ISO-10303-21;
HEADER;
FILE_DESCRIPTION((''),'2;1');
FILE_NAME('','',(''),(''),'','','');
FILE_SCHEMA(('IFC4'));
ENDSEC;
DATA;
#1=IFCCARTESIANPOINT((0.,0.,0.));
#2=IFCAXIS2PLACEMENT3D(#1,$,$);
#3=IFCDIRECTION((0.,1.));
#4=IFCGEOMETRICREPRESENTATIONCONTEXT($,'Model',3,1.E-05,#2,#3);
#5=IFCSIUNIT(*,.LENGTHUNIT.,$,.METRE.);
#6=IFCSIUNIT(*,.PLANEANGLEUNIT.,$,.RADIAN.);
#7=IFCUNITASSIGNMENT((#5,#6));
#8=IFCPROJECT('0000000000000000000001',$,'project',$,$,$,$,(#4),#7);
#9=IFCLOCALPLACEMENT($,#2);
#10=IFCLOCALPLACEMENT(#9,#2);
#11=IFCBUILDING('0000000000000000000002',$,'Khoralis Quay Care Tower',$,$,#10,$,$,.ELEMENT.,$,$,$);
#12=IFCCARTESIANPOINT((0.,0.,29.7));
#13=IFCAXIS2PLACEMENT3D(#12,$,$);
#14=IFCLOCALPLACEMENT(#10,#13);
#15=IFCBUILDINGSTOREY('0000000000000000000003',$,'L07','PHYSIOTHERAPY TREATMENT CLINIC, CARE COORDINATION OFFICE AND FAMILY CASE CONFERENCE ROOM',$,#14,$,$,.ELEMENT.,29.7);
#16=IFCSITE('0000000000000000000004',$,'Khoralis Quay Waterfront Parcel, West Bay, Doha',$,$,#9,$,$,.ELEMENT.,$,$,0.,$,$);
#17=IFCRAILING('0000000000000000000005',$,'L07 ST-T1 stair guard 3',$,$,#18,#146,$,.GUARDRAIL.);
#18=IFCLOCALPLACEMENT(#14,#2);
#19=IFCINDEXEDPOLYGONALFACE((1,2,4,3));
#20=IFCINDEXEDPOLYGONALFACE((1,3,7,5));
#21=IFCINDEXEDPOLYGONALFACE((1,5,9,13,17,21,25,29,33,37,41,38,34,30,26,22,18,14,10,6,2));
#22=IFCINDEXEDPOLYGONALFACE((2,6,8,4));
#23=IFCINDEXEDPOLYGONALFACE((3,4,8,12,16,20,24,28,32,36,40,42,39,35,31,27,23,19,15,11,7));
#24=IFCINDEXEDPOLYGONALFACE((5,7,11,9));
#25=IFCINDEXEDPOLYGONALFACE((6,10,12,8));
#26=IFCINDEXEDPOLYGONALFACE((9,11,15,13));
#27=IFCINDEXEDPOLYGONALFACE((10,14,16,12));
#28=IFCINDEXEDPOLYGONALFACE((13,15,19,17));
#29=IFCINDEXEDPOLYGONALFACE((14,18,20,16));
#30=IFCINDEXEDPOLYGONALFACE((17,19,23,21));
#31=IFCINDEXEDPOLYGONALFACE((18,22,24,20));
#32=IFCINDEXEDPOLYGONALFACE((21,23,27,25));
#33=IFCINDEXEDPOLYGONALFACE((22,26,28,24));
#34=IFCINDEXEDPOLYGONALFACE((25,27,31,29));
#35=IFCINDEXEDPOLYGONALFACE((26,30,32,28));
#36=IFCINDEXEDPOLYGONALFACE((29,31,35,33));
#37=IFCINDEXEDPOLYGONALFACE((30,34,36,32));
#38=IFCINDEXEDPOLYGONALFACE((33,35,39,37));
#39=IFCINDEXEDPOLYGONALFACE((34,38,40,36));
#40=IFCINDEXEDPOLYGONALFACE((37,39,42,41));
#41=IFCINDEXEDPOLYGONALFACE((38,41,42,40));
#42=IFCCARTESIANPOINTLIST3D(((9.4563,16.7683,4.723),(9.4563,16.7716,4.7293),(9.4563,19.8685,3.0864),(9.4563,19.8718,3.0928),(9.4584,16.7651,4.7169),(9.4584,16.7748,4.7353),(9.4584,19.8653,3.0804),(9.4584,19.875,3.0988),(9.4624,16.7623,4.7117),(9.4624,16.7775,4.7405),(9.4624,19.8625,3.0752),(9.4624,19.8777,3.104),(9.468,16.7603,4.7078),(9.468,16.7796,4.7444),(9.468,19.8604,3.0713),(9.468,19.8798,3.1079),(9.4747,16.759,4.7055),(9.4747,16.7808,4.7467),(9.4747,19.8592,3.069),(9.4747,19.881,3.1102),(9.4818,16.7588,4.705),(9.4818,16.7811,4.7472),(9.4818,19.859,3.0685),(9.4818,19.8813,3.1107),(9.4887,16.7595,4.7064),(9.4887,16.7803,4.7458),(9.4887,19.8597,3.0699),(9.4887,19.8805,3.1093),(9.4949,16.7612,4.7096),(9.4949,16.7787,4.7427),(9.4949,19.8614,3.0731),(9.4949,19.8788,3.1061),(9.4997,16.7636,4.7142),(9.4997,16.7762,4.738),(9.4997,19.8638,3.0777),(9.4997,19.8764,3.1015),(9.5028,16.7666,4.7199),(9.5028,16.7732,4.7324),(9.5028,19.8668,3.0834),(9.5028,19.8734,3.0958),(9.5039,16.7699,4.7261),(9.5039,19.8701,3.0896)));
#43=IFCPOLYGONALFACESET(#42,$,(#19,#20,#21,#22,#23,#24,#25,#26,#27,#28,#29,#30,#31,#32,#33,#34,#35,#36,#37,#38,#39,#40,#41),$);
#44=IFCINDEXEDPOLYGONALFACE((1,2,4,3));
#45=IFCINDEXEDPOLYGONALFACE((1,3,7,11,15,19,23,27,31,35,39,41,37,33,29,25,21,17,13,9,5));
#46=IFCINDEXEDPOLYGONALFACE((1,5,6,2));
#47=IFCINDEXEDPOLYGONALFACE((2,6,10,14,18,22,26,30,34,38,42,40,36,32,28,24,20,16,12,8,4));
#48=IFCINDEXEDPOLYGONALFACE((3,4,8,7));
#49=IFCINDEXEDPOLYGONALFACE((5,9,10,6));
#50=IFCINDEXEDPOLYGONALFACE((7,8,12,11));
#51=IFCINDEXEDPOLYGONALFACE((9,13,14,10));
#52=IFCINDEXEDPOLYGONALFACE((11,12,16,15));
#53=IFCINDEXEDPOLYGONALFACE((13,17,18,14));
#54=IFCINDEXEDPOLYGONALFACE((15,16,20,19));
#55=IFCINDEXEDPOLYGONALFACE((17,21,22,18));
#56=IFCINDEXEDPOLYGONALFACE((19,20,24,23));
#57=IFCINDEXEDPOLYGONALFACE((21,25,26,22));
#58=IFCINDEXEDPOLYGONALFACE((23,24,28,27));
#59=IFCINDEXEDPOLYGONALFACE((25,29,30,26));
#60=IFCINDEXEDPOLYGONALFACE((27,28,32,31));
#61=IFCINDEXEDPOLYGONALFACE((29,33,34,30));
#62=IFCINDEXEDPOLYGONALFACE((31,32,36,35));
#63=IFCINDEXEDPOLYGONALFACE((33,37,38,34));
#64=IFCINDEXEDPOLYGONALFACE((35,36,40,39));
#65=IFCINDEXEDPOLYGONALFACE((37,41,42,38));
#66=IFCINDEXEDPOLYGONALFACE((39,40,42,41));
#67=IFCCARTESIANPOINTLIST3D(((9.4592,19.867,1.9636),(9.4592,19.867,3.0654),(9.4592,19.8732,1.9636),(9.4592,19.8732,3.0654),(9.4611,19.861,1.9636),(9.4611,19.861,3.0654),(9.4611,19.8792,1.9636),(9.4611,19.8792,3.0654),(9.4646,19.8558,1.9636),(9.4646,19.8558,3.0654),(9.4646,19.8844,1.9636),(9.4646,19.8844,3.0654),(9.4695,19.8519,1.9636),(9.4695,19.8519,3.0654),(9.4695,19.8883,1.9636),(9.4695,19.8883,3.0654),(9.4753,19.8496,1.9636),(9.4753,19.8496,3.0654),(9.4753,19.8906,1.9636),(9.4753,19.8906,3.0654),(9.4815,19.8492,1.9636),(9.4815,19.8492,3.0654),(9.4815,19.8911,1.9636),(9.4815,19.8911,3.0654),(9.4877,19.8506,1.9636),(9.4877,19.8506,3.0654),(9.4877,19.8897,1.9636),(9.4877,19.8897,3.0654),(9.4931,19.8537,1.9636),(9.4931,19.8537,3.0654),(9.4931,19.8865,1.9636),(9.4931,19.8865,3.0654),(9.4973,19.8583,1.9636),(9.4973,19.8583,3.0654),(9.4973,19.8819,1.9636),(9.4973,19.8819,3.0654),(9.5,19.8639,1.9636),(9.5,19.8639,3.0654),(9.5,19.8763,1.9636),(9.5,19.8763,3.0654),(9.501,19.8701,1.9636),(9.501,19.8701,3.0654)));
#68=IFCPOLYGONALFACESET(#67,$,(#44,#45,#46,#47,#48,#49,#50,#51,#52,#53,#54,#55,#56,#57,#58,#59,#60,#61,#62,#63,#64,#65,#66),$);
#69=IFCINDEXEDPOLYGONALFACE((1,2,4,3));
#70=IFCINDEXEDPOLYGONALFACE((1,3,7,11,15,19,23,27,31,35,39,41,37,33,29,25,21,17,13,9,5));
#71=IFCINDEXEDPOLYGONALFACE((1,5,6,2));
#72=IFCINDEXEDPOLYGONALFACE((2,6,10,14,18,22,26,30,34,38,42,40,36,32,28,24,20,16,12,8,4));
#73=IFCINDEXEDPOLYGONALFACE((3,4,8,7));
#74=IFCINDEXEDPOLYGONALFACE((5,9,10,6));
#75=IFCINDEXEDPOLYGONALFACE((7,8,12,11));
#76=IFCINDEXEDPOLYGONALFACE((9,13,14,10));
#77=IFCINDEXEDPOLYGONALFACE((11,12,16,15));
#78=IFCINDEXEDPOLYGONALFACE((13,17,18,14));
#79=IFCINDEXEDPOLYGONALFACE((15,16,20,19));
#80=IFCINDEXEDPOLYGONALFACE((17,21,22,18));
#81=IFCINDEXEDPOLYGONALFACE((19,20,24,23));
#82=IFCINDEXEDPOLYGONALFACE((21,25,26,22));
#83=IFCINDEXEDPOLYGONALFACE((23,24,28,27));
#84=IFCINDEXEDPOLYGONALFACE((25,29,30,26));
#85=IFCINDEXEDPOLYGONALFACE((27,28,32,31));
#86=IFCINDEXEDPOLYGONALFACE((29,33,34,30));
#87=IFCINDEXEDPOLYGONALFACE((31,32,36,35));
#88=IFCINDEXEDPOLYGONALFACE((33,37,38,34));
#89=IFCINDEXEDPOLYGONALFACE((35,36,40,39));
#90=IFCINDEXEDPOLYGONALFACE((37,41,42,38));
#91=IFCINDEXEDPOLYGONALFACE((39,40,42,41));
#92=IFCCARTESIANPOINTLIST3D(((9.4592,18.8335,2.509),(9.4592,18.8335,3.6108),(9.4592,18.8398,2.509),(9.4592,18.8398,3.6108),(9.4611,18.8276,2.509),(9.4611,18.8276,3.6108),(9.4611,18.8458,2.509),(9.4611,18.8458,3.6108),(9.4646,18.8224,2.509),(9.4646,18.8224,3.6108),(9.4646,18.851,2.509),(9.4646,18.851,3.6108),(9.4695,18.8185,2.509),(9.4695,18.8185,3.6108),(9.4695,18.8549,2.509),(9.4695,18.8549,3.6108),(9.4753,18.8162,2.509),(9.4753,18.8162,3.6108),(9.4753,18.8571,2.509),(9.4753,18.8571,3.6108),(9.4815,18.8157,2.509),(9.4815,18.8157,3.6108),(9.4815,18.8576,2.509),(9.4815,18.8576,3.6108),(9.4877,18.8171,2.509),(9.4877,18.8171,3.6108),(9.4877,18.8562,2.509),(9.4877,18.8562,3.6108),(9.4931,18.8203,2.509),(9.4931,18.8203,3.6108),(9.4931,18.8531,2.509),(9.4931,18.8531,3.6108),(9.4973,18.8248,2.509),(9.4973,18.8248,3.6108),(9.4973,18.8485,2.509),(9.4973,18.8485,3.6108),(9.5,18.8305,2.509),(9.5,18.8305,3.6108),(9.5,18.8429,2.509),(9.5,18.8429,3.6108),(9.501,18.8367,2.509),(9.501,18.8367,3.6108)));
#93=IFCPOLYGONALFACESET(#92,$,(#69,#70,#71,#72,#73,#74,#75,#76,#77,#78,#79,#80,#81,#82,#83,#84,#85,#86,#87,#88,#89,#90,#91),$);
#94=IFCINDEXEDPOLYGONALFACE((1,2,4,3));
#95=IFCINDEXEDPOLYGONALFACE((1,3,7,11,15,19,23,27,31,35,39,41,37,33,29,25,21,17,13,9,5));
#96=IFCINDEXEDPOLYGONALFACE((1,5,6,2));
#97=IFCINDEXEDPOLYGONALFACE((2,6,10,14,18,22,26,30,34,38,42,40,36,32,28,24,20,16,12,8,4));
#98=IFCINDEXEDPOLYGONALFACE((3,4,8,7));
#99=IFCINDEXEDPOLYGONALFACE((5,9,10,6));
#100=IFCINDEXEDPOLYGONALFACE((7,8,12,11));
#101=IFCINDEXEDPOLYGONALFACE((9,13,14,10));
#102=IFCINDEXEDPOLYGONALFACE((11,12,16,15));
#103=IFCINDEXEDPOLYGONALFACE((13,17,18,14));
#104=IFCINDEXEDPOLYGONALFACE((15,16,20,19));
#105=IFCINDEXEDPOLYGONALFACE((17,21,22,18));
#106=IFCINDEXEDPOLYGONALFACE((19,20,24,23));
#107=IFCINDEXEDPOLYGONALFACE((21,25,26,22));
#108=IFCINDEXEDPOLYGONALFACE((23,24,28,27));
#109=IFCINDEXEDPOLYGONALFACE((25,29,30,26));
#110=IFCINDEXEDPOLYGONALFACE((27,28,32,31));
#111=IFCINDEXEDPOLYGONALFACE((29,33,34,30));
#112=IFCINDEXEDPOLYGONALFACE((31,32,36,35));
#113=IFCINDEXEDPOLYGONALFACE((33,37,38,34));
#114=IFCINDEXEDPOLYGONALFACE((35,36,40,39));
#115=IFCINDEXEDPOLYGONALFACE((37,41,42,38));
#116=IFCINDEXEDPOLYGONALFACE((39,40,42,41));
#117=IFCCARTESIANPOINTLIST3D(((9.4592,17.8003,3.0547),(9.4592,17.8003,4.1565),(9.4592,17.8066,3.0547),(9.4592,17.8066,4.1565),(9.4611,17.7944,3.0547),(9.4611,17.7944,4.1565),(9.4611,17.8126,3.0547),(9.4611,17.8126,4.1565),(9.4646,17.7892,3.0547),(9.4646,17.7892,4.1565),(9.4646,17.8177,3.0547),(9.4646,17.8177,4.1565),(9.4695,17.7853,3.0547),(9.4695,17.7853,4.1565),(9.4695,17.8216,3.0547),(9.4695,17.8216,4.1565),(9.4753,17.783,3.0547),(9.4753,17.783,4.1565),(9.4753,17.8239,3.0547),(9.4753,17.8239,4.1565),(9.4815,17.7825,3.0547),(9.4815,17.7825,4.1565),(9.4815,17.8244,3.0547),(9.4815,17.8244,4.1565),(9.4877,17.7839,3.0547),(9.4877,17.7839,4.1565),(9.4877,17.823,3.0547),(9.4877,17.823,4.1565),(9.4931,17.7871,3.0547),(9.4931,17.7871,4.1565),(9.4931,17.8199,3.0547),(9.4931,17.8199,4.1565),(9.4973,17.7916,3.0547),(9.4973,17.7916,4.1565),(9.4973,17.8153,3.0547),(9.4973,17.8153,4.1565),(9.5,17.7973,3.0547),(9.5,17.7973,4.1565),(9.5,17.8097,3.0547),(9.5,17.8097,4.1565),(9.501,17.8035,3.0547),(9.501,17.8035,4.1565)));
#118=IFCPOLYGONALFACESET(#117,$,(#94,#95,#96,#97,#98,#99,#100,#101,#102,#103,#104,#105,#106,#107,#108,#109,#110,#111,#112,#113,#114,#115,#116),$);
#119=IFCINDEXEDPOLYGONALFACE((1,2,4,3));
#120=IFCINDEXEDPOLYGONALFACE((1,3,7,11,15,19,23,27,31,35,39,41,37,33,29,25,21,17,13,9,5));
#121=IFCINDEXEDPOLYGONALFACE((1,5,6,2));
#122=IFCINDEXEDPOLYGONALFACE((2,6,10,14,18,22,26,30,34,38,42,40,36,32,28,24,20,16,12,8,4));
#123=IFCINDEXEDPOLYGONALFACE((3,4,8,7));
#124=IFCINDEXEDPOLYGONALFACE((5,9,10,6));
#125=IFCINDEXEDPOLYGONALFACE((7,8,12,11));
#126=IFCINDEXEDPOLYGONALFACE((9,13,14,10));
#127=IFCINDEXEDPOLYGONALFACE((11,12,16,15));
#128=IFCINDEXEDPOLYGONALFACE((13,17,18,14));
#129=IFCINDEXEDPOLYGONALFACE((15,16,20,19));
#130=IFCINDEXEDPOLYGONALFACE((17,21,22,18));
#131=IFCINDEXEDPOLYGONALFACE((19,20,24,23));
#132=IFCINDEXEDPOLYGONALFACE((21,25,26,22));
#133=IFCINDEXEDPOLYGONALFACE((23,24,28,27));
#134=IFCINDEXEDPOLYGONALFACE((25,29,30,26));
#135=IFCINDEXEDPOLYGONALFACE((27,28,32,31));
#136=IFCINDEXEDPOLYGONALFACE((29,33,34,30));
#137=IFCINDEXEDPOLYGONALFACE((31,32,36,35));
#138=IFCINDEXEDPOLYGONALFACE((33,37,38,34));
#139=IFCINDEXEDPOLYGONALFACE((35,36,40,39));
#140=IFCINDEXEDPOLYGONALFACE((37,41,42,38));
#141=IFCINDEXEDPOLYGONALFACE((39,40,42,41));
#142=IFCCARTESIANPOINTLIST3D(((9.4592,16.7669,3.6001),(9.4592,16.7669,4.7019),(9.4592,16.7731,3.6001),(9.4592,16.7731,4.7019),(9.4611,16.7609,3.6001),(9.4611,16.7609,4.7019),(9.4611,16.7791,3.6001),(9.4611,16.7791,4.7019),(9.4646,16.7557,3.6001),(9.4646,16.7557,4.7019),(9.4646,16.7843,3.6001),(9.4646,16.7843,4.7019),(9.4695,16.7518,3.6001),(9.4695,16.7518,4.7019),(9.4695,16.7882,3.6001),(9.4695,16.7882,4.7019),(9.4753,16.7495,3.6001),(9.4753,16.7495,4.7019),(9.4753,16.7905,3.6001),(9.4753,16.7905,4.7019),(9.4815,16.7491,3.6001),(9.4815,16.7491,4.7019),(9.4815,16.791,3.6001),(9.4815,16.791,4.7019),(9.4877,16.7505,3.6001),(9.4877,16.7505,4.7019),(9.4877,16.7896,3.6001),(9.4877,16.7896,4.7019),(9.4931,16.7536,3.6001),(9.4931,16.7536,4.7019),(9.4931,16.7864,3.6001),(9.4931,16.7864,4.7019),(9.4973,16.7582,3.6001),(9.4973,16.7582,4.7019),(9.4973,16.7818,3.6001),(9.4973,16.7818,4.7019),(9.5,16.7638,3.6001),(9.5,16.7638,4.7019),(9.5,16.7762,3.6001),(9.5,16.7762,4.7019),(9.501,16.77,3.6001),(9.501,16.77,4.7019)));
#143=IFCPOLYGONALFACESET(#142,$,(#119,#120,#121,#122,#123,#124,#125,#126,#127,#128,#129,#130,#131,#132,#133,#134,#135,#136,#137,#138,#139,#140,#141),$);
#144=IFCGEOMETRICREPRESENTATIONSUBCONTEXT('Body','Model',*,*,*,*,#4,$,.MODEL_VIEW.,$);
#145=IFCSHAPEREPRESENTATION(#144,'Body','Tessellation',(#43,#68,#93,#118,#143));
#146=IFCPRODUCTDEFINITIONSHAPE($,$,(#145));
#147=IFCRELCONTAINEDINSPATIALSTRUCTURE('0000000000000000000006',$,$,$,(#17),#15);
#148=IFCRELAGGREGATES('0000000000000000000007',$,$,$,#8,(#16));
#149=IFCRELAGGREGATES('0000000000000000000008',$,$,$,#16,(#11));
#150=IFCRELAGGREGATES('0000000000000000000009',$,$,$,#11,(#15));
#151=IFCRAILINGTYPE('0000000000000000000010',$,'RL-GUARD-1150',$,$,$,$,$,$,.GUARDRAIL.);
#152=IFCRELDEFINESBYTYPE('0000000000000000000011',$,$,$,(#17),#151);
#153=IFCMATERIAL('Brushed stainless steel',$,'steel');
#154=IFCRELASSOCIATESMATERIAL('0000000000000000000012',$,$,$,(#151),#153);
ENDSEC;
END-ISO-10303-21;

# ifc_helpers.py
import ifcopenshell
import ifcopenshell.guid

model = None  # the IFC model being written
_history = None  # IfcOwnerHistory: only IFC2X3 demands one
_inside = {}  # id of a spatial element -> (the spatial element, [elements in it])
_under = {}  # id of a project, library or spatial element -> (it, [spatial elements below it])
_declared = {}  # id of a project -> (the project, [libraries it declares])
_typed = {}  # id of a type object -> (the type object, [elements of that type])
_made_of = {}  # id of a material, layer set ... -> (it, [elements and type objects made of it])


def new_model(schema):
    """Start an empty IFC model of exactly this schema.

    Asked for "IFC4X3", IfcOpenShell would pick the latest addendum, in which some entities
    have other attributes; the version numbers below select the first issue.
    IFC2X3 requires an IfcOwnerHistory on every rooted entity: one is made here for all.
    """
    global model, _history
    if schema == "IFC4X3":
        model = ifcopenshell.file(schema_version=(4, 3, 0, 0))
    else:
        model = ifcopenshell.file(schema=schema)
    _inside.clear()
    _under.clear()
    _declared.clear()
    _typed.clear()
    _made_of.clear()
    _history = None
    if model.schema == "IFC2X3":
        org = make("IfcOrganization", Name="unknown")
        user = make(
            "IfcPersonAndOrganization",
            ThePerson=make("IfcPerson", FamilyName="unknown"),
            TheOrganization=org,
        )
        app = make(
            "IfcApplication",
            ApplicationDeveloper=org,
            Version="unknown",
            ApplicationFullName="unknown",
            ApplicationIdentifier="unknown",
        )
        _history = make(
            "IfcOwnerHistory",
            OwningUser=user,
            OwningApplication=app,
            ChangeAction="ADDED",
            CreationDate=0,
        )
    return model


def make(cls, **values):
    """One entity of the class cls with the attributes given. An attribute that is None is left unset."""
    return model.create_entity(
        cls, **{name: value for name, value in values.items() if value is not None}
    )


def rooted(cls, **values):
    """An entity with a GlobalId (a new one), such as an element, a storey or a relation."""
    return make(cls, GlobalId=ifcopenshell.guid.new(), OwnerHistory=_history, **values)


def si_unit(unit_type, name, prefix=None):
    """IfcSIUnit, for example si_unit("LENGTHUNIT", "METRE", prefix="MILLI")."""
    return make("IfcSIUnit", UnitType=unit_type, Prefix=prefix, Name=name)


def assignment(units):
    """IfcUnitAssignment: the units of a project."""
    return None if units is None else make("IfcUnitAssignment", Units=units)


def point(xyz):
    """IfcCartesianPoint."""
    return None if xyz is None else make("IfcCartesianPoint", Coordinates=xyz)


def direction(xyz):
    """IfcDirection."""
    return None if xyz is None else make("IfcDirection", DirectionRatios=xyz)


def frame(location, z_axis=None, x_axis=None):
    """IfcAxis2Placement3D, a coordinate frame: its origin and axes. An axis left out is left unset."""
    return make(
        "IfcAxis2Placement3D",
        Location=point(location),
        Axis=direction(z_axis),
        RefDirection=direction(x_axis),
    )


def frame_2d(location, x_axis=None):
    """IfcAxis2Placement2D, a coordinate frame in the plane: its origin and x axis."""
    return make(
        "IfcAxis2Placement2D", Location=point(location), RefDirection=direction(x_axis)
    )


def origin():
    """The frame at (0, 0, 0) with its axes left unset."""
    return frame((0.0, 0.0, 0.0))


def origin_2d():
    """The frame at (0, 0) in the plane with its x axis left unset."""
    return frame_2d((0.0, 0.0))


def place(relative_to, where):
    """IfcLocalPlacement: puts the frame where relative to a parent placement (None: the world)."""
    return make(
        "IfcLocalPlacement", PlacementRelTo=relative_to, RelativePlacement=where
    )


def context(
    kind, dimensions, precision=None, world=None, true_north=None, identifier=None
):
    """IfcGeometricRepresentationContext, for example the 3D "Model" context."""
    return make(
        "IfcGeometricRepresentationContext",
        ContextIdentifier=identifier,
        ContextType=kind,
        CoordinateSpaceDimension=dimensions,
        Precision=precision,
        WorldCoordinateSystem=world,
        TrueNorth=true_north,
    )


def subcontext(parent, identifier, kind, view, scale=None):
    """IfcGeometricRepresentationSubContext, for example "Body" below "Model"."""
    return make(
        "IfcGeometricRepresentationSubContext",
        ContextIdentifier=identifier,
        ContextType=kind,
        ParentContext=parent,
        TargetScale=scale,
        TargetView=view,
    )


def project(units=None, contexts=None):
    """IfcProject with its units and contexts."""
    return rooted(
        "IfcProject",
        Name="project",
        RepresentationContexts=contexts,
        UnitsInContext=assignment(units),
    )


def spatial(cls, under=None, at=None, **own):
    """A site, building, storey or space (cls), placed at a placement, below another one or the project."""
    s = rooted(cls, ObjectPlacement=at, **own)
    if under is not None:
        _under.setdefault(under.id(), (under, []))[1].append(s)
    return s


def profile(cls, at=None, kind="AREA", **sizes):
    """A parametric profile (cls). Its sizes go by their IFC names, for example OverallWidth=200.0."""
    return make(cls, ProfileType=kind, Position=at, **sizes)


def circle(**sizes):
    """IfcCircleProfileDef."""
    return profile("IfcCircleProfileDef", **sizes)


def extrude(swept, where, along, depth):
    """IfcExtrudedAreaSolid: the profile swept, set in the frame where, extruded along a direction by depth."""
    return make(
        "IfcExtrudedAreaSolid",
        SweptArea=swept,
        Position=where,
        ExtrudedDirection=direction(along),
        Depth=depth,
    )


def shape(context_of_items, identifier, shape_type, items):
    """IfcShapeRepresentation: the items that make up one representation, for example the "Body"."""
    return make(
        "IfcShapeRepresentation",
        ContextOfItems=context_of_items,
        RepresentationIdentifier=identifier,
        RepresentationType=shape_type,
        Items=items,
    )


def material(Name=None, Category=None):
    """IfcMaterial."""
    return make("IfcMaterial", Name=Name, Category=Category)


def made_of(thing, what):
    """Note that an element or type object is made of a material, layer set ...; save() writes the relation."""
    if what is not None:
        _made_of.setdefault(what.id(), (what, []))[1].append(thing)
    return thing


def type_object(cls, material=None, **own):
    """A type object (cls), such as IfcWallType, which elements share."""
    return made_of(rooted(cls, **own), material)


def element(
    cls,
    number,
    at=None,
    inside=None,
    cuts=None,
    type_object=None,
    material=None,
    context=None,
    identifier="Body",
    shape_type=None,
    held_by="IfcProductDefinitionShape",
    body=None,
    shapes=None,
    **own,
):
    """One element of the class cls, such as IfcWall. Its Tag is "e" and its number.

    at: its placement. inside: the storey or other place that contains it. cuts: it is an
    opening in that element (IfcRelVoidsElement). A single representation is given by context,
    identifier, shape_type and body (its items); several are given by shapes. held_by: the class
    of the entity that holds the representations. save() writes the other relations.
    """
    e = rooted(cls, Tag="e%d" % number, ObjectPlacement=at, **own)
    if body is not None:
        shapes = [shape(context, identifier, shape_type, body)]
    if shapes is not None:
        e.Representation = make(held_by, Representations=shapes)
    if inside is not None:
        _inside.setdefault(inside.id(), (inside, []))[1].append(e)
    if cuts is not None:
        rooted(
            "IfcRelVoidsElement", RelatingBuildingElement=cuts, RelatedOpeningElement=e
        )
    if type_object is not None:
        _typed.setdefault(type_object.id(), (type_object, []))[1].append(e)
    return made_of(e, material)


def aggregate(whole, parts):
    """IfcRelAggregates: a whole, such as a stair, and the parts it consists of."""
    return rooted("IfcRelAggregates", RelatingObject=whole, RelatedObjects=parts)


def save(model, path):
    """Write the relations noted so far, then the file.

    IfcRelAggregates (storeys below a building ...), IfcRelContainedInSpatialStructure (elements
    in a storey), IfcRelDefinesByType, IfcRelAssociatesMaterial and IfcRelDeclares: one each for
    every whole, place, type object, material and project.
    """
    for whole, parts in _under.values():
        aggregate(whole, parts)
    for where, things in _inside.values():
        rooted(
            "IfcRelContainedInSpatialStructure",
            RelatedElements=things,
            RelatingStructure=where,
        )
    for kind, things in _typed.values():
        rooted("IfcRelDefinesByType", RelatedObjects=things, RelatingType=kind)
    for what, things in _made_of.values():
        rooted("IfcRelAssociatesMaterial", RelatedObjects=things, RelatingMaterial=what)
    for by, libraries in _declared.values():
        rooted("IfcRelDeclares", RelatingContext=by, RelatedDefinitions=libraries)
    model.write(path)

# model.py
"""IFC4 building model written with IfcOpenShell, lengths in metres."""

from ifc_helpers import new_model, si_unit, direction, frame, origin, origin_2d, place, context, subcontext, project, spatial, circle, extrude, material, type_object, element, save


model = new_model("IFC4")

# Units and contexts
model_context = context("Model", 3, precision=1e-05, world=origin(), true_north=direction((0.0, 1.0)))
body_context = subcontext(model_context, "Body", "Model", "MODEL_VIEW")
ifc_project = project(units=[si_unit("LENGTHUNIT", "METRE"), si_unit("PLANEANGLEUNIT", "RADIAN")], contexts=[model_context])

# Site, building, storey
site_placement = place(None, origin())
site = spatial("IfcSite", under=ifc_project, at=site_placement, Name="Khoralis Quay Waterfront Parcel, West Bay, Doha", CompositionType="ELEMENT", RefElevation=0.0)
building_placement = place(site_placement, origin())
building = spatial("IfcBuilding", under=site, at=building_placement, Name="Khoralis Quay Care Tower", CompositionType="ELEMENT")
storey_placement = place(building_placement, frame((0.0, 0.0, 29.7)))
storey = spatial("IfcBuildingStorey", under=building, at=storey_placement, Name="L07", Description="PHYSIOTHERAPY TREATMENT CLINIC, CARE COORDINATION OFFICE AND FAMILY CASE CONFERENCE ROOM", CompositionType="ELEMENT", Elevation=29.7)

# Shared definitions
ifc_material_1 = material(Name="Brushed stainless steel", Category="steel")

# Railing
railing_type_1 = type_object("IfcRailingType", Name="RL-GUARD-1150", PredefinedType="GUARDRAIL", material=ifc_material_1)
railing_1_placement = place(storey_placement, frame((9.48, 19.8701, 1.9636)))
element("IfcRailing", 1, at=railing_1_placement, inside=storey, type_object=railing_type_1, Name="L07 ST-T1 stair guard 3", PredefinedType="GUARDRAIL", context=body_context, shape_type="SweptSolid", body=[
    extrude(circle(Radius=0.0239, at=origin_2d()), frame((0.0, 0.0, 1.126), z_axis=(0.0, -0.884348, 0.466828), x_axis=(1.0, 0.0, 0.0)), (0.0, 0.0, 1.0), 3.5056),
    extrude(circle(Radius=0.021, at=origin_2d()), origin(), (0.0, 0.0, 1.0), 1.1018),
    extrude(circle(Radius=0.021, at=origin_2d()), frame((0.0, -1.0334, 0.5454)), (0.0, 0.0, 1.0), 1.1018),
    extrude(circle(Radius=0.021, at=origin_2d()), frame((0.0, -2.0667, 1.0911)), (0.0, 0.0, 1.0), 1.1018),
    extrude(circle(Radius=0.021, at=origin_2d()), frame((0.0, -3.1001, 1.6365)), (0.0, 0.0, 1.0), 1.1018),
])

save(model, "model.ifc")
